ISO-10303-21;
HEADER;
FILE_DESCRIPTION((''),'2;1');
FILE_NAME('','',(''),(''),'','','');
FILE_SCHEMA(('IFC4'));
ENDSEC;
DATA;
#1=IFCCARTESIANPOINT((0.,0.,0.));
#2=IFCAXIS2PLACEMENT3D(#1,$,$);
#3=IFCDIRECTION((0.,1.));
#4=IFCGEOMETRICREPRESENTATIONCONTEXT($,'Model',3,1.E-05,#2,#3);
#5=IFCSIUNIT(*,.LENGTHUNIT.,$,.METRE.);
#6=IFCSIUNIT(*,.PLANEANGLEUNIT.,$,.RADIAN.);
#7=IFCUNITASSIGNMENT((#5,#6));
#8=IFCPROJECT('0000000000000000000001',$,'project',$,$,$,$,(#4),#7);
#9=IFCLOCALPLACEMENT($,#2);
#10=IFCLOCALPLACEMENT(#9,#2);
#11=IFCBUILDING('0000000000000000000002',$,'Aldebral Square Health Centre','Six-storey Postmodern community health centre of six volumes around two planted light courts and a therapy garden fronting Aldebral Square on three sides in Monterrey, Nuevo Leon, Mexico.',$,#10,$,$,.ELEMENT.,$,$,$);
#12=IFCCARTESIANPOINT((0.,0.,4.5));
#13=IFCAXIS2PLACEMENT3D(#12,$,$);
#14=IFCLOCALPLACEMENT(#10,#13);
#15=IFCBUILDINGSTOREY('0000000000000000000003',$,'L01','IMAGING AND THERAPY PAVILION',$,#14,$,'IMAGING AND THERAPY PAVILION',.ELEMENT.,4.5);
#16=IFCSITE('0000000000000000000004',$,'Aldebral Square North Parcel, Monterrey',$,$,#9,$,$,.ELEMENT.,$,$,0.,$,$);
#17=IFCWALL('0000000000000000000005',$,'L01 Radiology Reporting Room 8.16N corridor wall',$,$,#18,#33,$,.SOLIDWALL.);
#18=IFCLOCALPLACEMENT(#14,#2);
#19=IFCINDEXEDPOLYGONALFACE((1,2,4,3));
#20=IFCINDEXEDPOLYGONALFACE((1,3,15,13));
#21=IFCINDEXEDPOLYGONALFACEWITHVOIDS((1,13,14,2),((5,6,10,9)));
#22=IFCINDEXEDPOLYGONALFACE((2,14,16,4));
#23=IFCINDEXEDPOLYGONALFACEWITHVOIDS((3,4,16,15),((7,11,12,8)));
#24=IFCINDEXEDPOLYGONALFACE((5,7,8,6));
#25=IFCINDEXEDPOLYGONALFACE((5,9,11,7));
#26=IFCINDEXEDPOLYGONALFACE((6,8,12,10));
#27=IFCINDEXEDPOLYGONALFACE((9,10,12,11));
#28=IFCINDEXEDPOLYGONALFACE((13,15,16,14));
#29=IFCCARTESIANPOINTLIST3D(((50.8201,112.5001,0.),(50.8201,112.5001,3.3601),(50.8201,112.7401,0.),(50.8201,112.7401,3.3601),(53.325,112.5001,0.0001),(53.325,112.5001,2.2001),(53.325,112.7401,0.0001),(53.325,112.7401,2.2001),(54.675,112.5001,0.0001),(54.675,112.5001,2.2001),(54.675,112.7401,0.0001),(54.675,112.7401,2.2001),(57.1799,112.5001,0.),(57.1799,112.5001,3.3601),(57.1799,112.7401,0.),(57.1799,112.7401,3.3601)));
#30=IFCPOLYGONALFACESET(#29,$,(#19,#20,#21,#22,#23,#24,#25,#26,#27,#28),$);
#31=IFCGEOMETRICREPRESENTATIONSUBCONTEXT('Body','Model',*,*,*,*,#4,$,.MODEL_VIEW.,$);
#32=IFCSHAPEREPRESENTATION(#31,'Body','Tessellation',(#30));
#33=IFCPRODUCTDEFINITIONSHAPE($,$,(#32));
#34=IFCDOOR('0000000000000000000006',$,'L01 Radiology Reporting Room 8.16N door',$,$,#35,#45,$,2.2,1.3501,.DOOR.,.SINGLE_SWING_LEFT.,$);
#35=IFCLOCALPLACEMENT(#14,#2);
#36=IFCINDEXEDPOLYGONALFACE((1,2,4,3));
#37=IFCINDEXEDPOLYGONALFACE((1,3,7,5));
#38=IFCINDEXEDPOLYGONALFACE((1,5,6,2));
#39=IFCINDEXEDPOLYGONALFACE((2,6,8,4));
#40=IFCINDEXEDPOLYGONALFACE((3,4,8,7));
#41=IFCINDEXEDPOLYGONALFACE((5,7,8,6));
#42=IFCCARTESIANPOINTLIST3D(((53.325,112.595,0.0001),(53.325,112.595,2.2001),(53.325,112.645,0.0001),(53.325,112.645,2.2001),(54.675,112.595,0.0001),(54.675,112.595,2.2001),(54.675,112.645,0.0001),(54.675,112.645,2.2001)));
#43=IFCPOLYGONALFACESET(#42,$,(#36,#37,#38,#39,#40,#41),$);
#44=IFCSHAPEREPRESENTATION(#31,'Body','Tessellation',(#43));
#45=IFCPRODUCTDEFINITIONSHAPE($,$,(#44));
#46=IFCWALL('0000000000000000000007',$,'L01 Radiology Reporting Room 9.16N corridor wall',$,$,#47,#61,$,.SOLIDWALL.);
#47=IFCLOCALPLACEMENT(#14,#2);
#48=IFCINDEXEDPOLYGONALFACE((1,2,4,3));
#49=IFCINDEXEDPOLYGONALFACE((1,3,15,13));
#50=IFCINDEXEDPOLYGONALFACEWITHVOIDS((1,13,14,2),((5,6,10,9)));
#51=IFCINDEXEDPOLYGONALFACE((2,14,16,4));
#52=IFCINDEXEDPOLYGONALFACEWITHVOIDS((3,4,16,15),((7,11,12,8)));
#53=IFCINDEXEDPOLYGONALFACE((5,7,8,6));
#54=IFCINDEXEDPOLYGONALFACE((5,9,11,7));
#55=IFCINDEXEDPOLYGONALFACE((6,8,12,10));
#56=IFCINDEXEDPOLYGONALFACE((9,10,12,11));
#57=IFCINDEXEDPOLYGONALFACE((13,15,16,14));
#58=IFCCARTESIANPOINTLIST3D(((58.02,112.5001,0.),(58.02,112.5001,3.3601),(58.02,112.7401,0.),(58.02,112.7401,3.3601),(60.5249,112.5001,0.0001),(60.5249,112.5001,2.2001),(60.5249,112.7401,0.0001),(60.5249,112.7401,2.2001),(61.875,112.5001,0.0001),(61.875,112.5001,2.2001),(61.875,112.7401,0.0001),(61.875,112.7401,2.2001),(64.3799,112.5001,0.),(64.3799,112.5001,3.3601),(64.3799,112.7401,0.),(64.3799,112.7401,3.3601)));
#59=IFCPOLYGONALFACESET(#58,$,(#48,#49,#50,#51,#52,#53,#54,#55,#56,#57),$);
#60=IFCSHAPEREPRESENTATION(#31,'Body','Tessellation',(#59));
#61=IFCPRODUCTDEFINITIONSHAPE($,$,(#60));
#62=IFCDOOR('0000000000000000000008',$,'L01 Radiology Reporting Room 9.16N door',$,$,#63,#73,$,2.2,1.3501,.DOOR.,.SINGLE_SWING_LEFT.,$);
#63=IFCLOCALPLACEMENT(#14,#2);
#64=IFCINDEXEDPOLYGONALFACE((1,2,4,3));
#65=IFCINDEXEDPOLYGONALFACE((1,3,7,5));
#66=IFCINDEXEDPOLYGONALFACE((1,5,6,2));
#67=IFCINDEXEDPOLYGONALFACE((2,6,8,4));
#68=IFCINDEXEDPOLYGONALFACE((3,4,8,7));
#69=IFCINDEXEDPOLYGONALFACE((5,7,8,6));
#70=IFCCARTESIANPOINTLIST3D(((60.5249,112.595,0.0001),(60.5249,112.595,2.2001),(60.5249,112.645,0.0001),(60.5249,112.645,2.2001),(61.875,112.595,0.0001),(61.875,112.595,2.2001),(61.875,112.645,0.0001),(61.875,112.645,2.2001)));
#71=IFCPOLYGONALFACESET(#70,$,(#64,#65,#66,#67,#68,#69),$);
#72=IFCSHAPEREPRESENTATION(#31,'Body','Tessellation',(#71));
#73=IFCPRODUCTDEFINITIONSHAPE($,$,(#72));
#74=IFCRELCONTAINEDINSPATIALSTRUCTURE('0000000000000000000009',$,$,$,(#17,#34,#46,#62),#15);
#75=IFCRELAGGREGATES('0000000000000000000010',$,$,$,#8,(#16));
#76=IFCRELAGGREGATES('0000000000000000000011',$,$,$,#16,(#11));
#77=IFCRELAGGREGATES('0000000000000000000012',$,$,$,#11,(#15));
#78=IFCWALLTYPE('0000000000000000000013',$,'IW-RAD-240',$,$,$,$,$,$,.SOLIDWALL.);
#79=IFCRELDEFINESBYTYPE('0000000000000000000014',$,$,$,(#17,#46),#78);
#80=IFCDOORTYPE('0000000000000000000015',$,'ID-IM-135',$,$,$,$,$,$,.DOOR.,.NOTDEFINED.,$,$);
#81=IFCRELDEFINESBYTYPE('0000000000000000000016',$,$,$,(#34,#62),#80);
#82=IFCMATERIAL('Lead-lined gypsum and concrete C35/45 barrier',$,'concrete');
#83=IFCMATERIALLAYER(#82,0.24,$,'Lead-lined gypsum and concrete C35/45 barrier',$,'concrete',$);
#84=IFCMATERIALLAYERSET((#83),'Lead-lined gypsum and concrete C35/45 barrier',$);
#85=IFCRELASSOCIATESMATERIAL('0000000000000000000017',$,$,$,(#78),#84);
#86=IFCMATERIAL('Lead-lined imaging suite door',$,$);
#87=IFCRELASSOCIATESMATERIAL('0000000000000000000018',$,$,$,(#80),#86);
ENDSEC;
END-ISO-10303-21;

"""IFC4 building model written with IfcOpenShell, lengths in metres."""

from ifc_helpers import new_model, si_unit, direction, frame, frame_2d, origin, place, context, subcontext, project, spatial, rectangle, extrude, material, layer, layer_set, type_object, element, fill, save


model = new_model("IFC4")

# Units and contexts
model_context = context("Model", 3, precision=1e-05, world=origin(), true_north=direction((0.0, 1.0)))
body_context = subcontext(model_context, "Body", "Model", "MODEL_VIEW")
ifc_project = project(units=[si_unit("LENGTHUNIT", "METRE"), si_unit("PLANEANGLEUNIT", "RADIAN")], contexts=[model_context])

# Site, building, storey
site_placement = place(None, origin())
site = spatial("IfcSite", under=ifc_project, at=site_placement, Name="Aldebral Square North Parcel, Monterrey", CompositionType="ELEMENT", RefElevation=0.0)
building_placement = place(site_placement, origin())
building = spatial("IfcBuilding", under=site, at=building_placement, Name="Aldebral Square Health Centre", Description="Six-storey Postmodern community health centre of six volumes around two planted light courts and a therapy garden fronting Aldebral Square on three sides in Monterrey, Nuevo Leon, Mexico.", CompositionType="ELEMENT")
storey_placement = place(building_placement, frame((0.0, 0.0, 4.5)))
storey = spatial("IfcBuildingStorey", under=building, at=storey_placement, Name="L01", Description="IMAGING AND THERAPY PAVILION", LongName="IMAGING AND THERAPY PAVILION", CompositionType="ELEMENT", Elevation=4.5)

# Walls, openings, doors
ifc_material_1 = material(Name="Lead-lined gypsum and concrete C35/45 barrier", Category="concrete")
ifc_layer_1 = layer(ifc_material_1, 0.24, Name="Lead-lined gypsum and concrete C35/45 barrier", Category="concrete")
ifc_layer_set_1 = layer_set([ifc_layer_1], Name="Lead-lined gypsum and concrete C35/45 barrier")
wall_type_1 = type_object("IfcWallType", Name="IW-RAD-240", PredefinedType="SOLIDWALL", material=ifc_layer_set_1)
wall_1_placement = place(storey_placement, frame((50.8201, 112.6201, 0.0), z_axis=(0.0, 0.0, 1.0), x_axis=(1.0, 0.0, 0.0)))
wall_1 = element("IfcWall", 1, at=wall_1_placement, inside=storey, type_object=wall_type_1, Name="L01 Radiology Reporting Room 8.16N corridor wall", PredefinedType="SOLIDWALL", context=body_context, shape_type="SweptSolid", body=[
    extrude(rectangle(XDim=6.3599, YDim=0.24, at=frame_2d((3.1799, 0.0))), origin(), (0.0, 0.0, 1.0), 3.3601),
])
opening_1_placement = place(wall_1_placement, frame((2.5049, 0.0, 0.0)))
opening_1 = element("IfcOpeningElement", 2, at=opening_1_placement, cuts=wall_1, PredefinedType="OPENING", context=body_context, shape_type="SweptSolid", body=[
    extrude(rectangle(XDim=1.3501, YDim=2.2, at=frame_2d((0.675, 1.1001))), frame((0.0, 0.1299, 0.0), z_axis=(0.0, -1.0, 0.0), x_axis=(1.0, 0.0, 0.0)), (0.0, 0.0, 1.0), 0.26),
])
ifc_material_2 = material(Name="Lead-lined imaging suite door")
door_type_1 = type_object("IfcDoorType", Name="ID-IM-135", OperationType="NOTDEFINED", PredefinedType="DOOR", material=ifc_material_2)
door_1_placement = place(opening_1_placement, origin())
door_1 = element("IfcDoor", 3, at=door_1_placement, inside=storey, type_object=door_type_1, Name="L01 Radiology Reporting Room 8.16N door", OperationType="SINGLE_SWING_LEFT", OverallHeight=2.2, OverallWidth=1.3501, PredefinedType="DOOR", context=body_context, shape_type="SweptSolid", body=[
    extrude(rectangle(XDim=1.3501, YDim=2.2, at=frame_2d((0.675, 1.1001))), frame((0.0, 0.0249, 0.0), z_axis=(0.0, -1.0, 0.0), x_axis=(1.0, 0.0, 0.0)), (0.0, 0.0, 1.0), 0.05),
])
fill(opening_1, door_1)
wall_2_placement = place(storey_placement, frame((58.02, 112.6201, 0.0), z_axis=(0.0, 0.0, 1.0), x_axis=(1.0, 0.0, 0.0)))
wall_2 = element("IfcWall", 4, at=wall_2_placement, inside=storey, type_object=wall_type_1, Name="L01 Radiology Reporting Room 9.16N corridor wall", PredefinedType="SOLIDWALL", context=body_context, shape_type="SweptSolid", body=[
    extrude(rectangle(XDim=6.3599, YDim=0.24, at=frame_2d((3.1799, 0.0))), origin(), (0.0, 0.0, 1.0), 3.3601),
])
opening_2_placement = place(wall_2_placement, frame((2.5049, 0.0, 0.0)))
opening_2 = element("IfcOpeningElement", 5, at=opening_2_placement, cuts=wall_2, PredefinedType="OPENING", context=body_context, shape_type="SweptSolid", body=[
    extrude(rectangle(XDim=1.3501, YDim=2.2, at=frame_2d((0.675, 1.1001))), frame((0.0, 0.1299, 0.0), z_axis=(0.0, -1.0, 0.0), x_axis=(1.0, 0.0, 0.0)), (0.0, 0.0, 1.0), 0.26),
])
door_2_placement = place(opening_2_placement, origin())
door_2 = element("IfcDoor", 6, at=door_2_placement, inside=storey, type_object=door_type_1, Name="L01 Radiology Reporting Room 9.16N door", OperationType="SINGLE_SWING_LEFT", OverallHeight=2.2, OverallWidth=1.3501, PredefinedType="DOOR", context=body_context, shape_type="SweptSolid", body=[
    extrude(rectangle(XDim=1.3501, YDim=2.2, at=frame_2d((0.675, 1.1001))), frame((0.0, 0.0249, 0.0), z_axis=(0.0, -1.0, 0.0), x_axis=(1.0, 0.0, 0.0)), (0.0, 0.0, 1.0), 0.05),
])
fill(opening_2, door_2)

save(model, "model.ifc")
